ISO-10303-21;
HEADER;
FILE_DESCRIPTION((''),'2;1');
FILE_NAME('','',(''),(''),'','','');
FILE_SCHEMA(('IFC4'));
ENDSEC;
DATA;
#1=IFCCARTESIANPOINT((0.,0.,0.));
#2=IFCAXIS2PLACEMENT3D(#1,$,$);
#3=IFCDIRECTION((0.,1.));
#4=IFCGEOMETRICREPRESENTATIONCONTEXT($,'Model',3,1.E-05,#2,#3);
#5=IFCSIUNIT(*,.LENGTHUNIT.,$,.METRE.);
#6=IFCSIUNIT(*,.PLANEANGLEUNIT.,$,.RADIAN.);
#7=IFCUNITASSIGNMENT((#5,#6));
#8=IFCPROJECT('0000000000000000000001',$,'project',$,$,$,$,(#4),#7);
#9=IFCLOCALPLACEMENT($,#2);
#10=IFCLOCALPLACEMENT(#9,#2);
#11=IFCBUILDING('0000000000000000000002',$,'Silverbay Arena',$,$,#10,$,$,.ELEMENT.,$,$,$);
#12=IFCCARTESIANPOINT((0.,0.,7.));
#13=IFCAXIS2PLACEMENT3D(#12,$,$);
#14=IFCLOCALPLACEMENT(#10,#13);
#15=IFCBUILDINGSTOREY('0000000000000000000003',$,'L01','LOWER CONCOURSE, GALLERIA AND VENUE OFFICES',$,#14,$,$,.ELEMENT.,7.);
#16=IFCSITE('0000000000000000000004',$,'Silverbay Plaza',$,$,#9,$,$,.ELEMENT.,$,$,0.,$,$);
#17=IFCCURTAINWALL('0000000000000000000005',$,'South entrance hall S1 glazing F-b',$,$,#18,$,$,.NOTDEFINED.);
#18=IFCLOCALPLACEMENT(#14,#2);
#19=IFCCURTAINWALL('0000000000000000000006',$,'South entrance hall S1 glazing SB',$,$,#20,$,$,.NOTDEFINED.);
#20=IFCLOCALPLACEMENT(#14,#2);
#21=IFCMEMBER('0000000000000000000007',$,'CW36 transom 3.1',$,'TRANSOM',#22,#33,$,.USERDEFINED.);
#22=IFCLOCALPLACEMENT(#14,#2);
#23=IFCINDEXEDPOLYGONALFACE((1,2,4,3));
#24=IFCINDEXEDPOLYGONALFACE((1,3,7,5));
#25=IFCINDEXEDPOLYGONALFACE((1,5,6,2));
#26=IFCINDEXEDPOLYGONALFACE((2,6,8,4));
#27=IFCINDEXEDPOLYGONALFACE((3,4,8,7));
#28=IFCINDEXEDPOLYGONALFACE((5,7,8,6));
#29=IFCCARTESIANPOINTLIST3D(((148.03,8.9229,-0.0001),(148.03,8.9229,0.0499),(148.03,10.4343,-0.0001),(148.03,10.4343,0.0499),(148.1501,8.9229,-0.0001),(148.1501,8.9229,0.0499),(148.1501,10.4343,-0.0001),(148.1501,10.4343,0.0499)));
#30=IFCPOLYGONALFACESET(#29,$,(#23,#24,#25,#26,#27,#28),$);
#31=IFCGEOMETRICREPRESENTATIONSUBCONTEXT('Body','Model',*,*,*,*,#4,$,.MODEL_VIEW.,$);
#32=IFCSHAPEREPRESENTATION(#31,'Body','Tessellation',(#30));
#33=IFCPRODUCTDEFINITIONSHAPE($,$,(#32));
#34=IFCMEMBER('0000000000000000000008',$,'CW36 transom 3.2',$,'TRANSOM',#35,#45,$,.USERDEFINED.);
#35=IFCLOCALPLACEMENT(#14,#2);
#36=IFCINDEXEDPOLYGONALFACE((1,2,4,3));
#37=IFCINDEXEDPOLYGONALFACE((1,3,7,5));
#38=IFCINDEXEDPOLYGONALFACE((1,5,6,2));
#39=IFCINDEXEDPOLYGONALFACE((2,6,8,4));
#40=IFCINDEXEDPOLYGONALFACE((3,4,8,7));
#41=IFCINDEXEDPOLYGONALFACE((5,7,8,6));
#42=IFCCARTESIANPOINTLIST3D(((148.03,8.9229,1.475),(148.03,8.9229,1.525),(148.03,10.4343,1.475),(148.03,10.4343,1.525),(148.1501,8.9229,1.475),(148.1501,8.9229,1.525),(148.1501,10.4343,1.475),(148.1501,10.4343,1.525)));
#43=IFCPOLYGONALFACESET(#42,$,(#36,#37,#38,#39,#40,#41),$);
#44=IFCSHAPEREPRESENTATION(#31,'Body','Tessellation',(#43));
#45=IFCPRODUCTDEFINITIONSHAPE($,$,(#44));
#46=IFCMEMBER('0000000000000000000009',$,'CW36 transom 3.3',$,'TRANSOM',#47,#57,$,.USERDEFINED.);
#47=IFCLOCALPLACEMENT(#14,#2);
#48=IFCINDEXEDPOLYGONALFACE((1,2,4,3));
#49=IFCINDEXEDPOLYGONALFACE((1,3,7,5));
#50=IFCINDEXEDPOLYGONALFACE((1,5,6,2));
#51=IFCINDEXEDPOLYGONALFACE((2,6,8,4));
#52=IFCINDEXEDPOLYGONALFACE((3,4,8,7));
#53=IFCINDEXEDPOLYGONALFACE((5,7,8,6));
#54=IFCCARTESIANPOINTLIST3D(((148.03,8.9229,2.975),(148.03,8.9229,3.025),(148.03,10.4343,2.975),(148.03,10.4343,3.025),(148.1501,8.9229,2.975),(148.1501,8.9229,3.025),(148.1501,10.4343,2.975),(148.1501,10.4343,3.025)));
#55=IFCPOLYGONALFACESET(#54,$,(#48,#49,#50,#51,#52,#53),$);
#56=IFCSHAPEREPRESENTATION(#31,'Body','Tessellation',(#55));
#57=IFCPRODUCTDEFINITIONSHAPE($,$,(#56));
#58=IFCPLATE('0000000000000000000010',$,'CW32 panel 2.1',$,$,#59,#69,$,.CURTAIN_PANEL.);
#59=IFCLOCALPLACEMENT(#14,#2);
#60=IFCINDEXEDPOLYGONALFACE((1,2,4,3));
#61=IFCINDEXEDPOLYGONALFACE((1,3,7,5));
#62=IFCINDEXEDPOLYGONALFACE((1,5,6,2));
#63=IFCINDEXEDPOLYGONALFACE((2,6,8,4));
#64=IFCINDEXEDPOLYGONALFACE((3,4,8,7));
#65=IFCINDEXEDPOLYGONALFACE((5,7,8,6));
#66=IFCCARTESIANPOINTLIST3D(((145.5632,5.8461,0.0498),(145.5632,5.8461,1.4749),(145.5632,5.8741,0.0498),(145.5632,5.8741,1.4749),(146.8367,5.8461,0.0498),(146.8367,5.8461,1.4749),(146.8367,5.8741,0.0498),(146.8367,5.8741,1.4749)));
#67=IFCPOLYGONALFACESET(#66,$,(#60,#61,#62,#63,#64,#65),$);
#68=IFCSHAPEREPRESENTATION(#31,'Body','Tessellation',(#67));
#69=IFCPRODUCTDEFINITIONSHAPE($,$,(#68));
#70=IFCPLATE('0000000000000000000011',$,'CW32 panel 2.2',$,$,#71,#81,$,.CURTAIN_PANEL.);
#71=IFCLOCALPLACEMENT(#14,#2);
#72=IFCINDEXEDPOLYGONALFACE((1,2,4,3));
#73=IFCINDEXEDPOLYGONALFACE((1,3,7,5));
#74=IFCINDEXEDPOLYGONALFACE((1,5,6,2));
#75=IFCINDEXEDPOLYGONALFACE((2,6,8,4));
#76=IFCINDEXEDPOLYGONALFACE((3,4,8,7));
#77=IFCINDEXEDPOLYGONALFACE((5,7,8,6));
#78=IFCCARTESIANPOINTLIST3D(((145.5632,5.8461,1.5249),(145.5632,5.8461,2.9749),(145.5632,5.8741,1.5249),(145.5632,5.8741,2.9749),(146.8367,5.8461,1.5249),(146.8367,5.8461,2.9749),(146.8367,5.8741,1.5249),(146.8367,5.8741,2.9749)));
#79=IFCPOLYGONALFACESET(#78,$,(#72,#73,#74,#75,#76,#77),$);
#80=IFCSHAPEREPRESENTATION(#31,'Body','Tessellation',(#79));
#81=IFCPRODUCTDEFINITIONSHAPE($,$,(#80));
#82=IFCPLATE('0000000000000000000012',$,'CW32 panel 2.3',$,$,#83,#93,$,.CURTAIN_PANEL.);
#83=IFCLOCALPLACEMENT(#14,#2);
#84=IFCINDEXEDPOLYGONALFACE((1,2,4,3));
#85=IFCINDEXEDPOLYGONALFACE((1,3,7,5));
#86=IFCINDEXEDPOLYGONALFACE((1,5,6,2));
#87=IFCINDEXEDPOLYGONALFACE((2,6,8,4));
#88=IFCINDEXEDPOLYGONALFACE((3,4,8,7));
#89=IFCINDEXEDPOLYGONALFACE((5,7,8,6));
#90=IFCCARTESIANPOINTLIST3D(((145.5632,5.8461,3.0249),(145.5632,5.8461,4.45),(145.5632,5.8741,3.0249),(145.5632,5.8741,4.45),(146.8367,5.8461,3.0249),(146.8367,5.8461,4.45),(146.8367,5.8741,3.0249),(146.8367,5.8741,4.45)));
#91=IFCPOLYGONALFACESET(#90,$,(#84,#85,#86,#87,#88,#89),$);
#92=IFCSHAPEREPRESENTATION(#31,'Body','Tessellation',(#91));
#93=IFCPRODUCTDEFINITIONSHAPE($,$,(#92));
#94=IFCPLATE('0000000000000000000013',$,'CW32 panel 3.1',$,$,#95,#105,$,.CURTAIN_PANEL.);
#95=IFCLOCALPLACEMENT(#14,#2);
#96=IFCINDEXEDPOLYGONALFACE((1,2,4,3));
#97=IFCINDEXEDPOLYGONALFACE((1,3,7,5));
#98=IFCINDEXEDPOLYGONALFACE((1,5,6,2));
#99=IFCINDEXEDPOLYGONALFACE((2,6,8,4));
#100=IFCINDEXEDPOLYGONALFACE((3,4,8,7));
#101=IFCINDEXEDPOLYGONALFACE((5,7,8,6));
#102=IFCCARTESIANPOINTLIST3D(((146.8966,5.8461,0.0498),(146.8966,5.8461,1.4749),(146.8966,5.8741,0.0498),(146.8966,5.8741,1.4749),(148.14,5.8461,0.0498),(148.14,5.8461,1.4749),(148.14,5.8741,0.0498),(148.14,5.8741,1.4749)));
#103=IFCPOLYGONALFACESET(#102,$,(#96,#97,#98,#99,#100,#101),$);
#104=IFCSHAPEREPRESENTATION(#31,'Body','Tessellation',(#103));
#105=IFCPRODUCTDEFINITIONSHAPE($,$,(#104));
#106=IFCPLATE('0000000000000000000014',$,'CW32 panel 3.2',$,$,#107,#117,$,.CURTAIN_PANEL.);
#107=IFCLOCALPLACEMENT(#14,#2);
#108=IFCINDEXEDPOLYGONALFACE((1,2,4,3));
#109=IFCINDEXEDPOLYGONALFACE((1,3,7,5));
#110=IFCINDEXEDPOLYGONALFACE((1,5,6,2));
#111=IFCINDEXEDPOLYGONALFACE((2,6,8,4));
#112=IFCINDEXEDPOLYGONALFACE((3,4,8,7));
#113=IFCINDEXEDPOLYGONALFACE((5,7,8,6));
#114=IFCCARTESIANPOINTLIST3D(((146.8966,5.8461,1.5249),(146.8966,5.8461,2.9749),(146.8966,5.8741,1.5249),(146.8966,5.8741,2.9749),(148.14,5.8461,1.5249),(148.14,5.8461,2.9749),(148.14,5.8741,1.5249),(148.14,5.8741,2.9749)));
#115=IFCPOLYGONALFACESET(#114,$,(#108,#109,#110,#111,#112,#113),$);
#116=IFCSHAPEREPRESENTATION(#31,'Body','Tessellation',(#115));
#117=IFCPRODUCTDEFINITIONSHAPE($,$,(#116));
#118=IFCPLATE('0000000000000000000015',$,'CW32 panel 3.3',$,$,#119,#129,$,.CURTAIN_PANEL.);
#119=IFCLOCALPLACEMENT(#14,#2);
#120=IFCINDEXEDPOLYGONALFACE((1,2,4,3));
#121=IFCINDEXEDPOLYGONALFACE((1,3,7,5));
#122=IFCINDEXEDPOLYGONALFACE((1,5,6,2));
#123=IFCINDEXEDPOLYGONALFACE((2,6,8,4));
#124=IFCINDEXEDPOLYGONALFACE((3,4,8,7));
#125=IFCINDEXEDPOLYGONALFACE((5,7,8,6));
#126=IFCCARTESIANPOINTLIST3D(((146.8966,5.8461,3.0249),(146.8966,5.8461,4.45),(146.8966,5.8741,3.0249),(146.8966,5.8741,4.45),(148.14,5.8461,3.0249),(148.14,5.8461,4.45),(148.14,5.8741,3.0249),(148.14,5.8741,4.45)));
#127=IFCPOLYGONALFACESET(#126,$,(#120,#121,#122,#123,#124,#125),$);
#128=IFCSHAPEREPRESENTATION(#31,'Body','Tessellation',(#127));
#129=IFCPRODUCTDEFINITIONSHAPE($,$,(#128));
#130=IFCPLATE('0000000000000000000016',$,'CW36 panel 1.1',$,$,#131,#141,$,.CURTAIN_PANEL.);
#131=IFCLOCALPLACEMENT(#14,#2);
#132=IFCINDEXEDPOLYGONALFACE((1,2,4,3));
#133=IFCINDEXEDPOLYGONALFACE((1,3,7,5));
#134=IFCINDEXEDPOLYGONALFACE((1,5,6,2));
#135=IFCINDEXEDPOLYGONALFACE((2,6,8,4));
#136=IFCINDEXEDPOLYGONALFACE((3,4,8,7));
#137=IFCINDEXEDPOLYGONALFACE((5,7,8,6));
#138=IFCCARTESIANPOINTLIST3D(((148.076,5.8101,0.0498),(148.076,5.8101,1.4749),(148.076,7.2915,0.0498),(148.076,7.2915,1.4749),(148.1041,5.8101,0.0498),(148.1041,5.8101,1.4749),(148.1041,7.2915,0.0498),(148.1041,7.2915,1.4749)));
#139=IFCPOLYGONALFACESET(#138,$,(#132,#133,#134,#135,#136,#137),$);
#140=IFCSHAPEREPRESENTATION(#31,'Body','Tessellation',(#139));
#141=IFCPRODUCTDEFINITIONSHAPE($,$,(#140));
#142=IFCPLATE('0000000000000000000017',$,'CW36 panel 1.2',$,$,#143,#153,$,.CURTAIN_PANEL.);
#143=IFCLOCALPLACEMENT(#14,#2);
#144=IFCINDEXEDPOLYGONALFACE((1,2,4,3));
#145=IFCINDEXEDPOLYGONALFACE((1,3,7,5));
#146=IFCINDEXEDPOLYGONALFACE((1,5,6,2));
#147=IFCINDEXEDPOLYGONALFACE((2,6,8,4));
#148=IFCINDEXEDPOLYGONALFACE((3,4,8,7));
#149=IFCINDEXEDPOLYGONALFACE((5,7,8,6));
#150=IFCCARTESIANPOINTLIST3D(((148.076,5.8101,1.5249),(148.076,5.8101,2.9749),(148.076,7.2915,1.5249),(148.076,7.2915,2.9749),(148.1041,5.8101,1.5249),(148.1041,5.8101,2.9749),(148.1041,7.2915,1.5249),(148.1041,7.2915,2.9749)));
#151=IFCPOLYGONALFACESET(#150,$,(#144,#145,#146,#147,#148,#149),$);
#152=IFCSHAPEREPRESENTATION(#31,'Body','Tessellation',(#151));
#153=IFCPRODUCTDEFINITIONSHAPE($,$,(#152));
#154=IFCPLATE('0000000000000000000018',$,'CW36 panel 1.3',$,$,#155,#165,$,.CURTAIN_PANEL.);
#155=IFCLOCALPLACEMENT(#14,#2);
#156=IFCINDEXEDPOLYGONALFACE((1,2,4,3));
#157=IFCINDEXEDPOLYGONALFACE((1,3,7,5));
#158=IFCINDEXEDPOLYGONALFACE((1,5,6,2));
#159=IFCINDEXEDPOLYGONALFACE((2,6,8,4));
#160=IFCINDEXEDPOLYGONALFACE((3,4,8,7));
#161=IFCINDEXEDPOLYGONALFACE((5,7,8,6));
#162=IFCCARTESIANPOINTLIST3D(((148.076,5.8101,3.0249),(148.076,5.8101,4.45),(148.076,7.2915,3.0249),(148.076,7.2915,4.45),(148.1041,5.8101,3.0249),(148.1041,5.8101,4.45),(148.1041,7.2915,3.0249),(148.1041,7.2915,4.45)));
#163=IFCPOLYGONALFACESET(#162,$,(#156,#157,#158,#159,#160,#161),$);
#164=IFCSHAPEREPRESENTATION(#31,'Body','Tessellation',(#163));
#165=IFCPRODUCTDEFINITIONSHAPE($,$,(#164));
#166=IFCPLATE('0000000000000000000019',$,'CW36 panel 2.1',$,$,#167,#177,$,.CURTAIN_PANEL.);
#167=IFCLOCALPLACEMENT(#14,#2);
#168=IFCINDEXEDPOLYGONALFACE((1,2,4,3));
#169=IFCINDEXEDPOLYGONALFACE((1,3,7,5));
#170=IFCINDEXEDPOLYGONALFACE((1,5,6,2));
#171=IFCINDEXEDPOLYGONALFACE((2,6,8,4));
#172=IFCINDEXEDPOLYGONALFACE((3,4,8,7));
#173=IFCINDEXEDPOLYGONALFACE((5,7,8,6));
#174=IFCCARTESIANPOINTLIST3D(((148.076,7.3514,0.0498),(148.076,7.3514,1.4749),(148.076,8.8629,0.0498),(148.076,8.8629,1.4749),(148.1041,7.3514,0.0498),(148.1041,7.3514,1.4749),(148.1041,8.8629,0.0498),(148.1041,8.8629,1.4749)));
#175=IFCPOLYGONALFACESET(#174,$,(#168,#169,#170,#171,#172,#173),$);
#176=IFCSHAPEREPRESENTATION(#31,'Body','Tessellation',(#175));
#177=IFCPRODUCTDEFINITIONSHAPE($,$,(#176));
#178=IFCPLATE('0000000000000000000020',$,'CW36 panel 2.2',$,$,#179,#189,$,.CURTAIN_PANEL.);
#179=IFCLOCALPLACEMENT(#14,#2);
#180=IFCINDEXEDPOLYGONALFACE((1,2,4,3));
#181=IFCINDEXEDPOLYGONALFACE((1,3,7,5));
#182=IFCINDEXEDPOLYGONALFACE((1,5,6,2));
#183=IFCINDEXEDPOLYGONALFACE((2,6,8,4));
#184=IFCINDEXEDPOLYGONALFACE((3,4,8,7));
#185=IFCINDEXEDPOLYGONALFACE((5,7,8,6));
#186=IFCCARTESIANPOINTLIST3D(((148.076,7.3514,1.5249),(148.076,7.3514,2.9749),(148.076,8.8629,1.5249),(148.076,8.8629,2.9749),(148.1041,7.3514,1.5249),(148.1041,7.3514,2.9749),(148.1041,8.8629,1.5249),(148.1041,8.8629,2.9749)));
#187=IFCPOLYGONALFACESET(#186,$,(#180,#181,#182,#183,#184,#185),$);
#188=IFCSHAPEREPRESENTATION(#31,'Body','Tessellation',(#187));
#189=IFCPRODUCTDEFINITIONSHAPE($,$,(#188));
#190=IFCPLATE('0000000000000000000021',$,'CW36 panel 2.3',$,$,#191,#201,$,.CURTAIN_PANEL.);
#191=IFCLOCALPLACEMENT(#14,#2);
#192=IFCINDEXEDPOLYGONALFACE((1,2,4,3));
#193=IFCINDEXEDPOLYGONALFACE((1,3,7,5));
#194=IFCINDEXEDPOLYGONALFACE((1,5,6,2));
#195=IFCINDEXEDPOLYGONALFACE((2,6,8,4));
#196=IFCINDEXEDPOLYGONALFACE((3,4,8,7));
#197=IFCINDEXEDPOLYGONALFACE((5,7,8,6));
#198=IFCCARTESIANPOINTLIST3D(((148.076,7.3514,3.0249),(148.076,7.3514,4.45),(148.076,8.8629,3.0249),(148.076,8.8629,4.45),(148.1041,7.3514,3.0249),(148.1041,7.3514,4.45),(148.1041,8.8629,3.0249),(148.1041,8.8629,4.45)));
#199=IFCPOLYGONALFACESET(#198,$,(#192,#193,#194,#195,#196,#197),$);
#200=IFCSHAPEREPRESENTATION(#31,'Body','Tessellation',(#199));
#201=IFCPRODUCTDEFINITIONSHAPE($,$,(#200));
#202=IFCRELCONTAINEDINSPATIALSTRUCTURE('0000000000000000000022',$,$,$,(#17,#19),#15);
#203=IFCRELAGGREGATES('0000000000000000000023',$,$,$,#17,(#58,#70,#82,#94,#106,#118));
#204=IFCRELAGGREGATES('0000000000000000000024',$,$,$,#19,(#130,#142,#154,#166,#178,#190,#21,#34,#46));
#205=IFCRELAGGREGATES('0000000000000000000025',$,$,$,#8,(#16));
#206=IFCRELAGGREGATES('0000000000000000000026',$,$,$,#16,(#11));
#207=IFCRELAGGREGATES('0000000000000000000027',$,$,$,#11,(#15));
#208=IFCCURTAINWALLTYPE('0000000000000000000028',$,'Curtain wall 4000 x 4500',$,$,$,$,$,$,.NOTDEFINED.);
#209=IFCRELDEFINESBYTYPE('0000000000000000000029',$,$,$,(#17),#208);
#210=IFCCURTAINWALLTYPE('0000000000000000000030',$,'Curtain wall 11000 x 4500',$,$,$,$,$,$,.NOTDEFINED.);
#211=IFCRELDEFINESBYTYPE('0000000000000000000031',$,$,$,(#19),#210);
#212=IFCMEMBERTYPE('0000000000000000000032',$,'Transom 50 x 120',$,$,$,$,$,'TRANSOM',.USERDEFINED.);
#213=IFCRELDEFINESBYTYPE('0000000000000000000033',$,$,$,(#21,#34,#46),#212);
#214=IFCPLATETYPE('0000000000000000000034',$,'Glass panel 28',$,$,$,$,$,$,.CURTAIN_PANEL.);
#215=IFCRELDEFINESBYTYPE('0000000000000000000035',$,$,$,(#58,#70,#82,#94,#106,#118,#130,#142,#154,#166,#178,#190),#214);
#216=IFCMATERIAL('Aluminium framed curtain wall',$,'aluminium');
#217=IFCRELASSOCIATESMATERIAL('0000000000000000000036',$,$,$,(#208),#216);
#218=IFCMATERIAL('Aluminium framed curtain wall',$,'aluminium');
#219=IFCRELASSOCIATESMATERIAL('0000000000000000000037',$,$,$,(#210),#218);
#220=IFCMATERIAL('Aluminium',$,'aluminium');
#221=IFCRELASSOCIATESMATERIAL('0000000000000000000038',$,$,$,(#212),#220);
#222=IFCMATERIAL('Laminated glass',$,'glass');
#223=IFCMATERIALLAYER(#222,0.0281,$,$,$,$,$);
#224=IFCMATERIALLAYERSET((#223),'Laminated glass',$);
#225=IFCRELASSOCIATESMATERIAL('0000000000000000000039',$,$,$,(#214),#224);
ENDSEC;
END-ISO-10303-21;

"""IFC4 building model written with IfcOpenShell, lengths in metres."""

from ifc_helpers import new_model, si_unit, direction, frame, origin, origin_2d, place, context, subcontext, project, spatial, rectangle, extrude, material, layer, layer_set, material_profile, profile_set, type_object, element, aggregate, save


model = new_model("IFC4")

# Units and contexts
model_context = context("Model", 3, precision=1e-05, world=origin(), true_north=direction((0.0, 1.0)))
body_context = subcontext(model_context, "Body", "Model", "MODEL_VIEW")
ifc_project = project(units=[si_unit("LENGTHUNIT", "METRE"), si_unit("PLANEANGLEUNIT", "RADIAN")], contexts=[model_context])

# Site, building, storey
site_placement = place(None, origin())
site = spatial("IfcSite", under=ifc_project, at=site_placement, Name="Silverbay Plaza", CompositionType="ELEMENT", RefElevation=0.0)
building_placement = place(site_placement, origin())
building = spatial("IfcBuilding", under=site, at=building_placement, Name="Silverbay Arena", CompositionType="ELEMENT")
storey_placement = place(building_placement, frame((0.0, 0.0, 7.0)))
storey = spatial("IfcBuildingStorey", under=building, at=storey_placement, Name="L01", Description="LOWER CONCOURSE, GALLERIA AND VENUE OFFICES", CompositionType="ELEMENT", Elevation=7.0)

# Curtain wall
ifc_material_1 = material(Name="Aluminium framed curtain wall", Category="aluminium")
curtain_wall_type_1 = type_object("IfcCurtainWallType", Name="Curtain wall 4000 x 4500", PredefinedType="NOTDEFINED", material=ifc_material_1)
curtain_wall_1_placement = place(storey_placement, origin())
curtain_wall_1 = element("IfcCurtainWall", 1, at=curtain_wall_1_placement, inside=storey, type_object=curtain_wall_type_1, Name="South entrance hall S1 glazing F-b", PredefinedType="NOTDEFINED")

# Curtain wall
ifc_material_2 = material(Name="Aluminium framed curtain wall", Category="aluminium")
curtain_wall_type_2 = type_object("IfcCurtainWallType", Name="Curtain wall 11000 x 4500", PredefinedType="NOTDEFINED", material=ifc_material_2)
curtain_wall_2_placement = place(storey_placement, origin())
curtain_wall_2 = element("IfcCurtainWall", 2, at=curtain_wall_2_placement, inside=storey, type_object=curtain_wall_type_2, Name="South entrance hall S1 glazing SB", PredefinedType="NOTDEFINED")

# Members
ifc_material_3 = material(Name="Aluminium", Category="aluminium")
ifc_material_profile_1 = material_profile(ifc_material_3, rectangle(XDim=0.1201, YDim=0.05, at=origin_2d()), Name="Transom 50 x 120")
ifc_profile_set_1 = profile_set([ifc_material_profile_1], Name="Aluminium")
member_type_1 = type_object("IfcMemberType", Name="Transom 50 x 120", ElementType="TRANSOM", PredefinedType="USERDEFINED", material=ifc_profile_set_1)
member_1_placement = place(storey_placement, frame((148.0901, 8.9229, 0.0249), z_axis=(0.0, 1.0, 0.0), x_axis=(-1.0, 0.0, 0.0)))
member_1 = element("IfcMember", 3, at=member_1_placement, type_object=member_type_1, Name="CW36 transom 3.1", ObjectType="TRANSOM", PredefinedType="USERDEFINED", context=body_context, shape_type="SweptSolid", body=[
    extrude(rectangle(XDim=0.1201, YDim=0.05, at=origin_2d()), origin(), (0.0, 0.0, 1.0), 1.5115),
])
member_2_placement = place(storey_placement, frame((148.0901, 8.9229, 1.5), z_axis=(0.0, 1.0, 0.0), x_axis=(-1.0, 0.0, 0.0)))
member_2 = element("IfcMember", 4, at=member_2_placement, type_object=member_type_1, Name="CW36 transom 3.2", ObjectType="TRANSOM", PredefinedType="USERDEFINED", context=body_context, shape_type="SweptSolid", body=[
    extrude(rectangle(XDim=0.1201, YDim=0.05, at=origin_2d()), origin(), (0.0, 0.0, 1.0), 1.5115),
])
member_3_placement = place(storey_placement, frame((148.0901, 8.9229, 3.0), z_axis=(0.0, 1.0, 0.0), x_axis=(-1.0, 0.0, 0.0)))
member_3 = element("IfcMember", 5, at=member_3_placement, type_object=member_type_1, Name="CW36 transom 3.3", ObjectType="TRANSOM", PredefinedType="USERDEFINED", context=body_context, shape_type="SweptSolid", body=[
    extrude(rectangle(XDim=0.1201, YDim=0.05, at=origin_2d()), origin(), (0.0, 0.0, 1.0), 1.5115),
])

# Plates
ifc_material_4 = material(Name="Laminated glass", Category="glass")
ifc_layer = layer(ifc_material_4, 0.0281)
ifc_layer_set = layer_set([ifc_layer], Name="Laminated glass")
plate_type = type_object("IfcPlateType", Name="Glass panel 28", PredefinedType="CURTAIN_PANEL", material=ifc_layer_set)
plate_1_placement = place(storey_placement, frame((146.2, 5.8601, 0.0498), z_axis=(0.0, 0.0, 1.0), x_axis=(1.0, 0.0, 0.0)))
plate_1 = element("IfcPlate", 6, at=plate_1_placement, type_object=plate_type, Name="CW32 panel 2.1", PredefinedType="CURTAIN_PANEL", context=body_context, shape_type="SweptSolid", body=[
    extrude(rectangle(XDim=1.2734, YDim=0.0281, at=origin_2d()), origin(), (0.0, 0.0, 1.0), 1.425),
])
plate_2_placement = place(storey_placement, frame((146.2, 5.8601, 1.5249), z_axis=(0.0, 0.0, 1.0), x_axis=(1.0, 0.0, 0.0)))
plate_2 = element("IfcPlate", 7, at=plate_2_placement, type_object=plate_type, Name="CW32 panel 2.2", PredefinedType="CURTAIN_PANEL", context=body_context, shape_type="SweptSolid", body=[
    extrude(rectangle(XDim=1.2734, YDim=0.0281, at=origin_2d()), origin(), (0.0, 0.0, 1.0), 1.45),
])
plate_3_placement = place(storey_placement, frame((146.2, 5.8601, 3.0249), z_axis=(0.0, 0.0, 1.0), x_axis=(1.0, 0.0, 0.0)))
plate_3 = element("IfcPlate", 8, at=plate_3_placement, type_object=plate_type, Name="CW32 panel 2.3", PredefinedType="CURTAIN_PANEL", context=body_context, shape_type="SweptSolid", body=[
    extrude(rectangle(XDim=1.2734, YDim=0.0281, at=origin_2d()), origin(), (0.0, 0.0, 1.0), 1.425),
])
plate_4_placement = place(storey_placement, frame((147.5183, 5.8601, 0.0498), z_axis=(0.0, 0.0, 1.0), x_axis=(1.0, 0.0, 0.0)))
plate_4 = element("IfcPlate", 9, at=plate_4_placement, type_object=plate_type, Name="CW32 panel 3.1", PredefinedType="CURTAIN_PANEL", context=body_context, shape_type="SweptSolid", body=[
    extrude(rectangle(XDim=1.2434, YDim=0.0281, at=origin_2d()), origin(), (0.0, 0.0, 1.0), 1.425),
])
plate_5_placement = place(storey_placement, frame((147.5183, 5.8601, 1.5249), z_axis=(0.0, 0.0, 1.0), x_axis=(1.0, 0.0, 0.0)))
plate_5 = element("IfcPlate", 10, at=plate_5_placement, type_object=plate_type, Name="CW32 panel 3.2", PredefinedType="CURTAIN_PANEL", context=body_context, shape_type="SweptSolid", body=[
    extrude(rectangle(XDim=1.2434, YDim=0.0281, at=origin_2d()), origin(), (0.0, 0.0, 1.0), 1.45),
])
plate_6_placement = place(storey_placement, frame((147.5183, 5.8601, 3.0249), z_axis=(0.0, 0.0, 1.0), x_axis=(1.0, 0.0, 0.0)))
plate_6 = element("IfcPlate", 11, at=plate_6_placement, type_object=plate_type, Name="CW32 panel 3.3", PredefinedType="CURTAIN_PANEL", context=body_context, shape_type="SweptSolid", body=[
    extrude(rectangle(XDim=1.2434, YDim=0.0281, at=origin_2d()), origin(), (0.0, 0.0, 1.0), 1.425),
])
aggregate(curtain_wall_1, [plate_1, plate_2, plate_3, plate_4, plate_5, plate_6])
plate_7_placement = place(storey_placement, frame((148.0901, 6.5508, 0.0498), z_axis=(0.0, 0.0, 1.0), x_axis=(0.0, 1.0, 0.0)))
plate_7 = element("IfcPlate", 12, at=plate_7_placement, type_object=plate_type, Name="CW36 panel 1.1", PredefinedType="CURTAIN_PANEL", context=body_context, shape_type="SweptSolid", body=[
    extrude(rectangle(XDim=1.4814, YDim=0.0281, at=origin_2d()), origin(), (0.0, 0.0, 1.0), 1.425),
])
plate_8_placement = place(storey_placement, frame((148.0901, 6.5508, 1.5249), z_axis=(0.0, 0.0, 1.0), x_axis=(0.0, 1.0, 0.0)))
plate_8 = element("IfcPlate", 13, at=plate_8_placement, type_object=plate_type, Name="CW36 panel 1.2", PredefinedType="CURTAIN_PANEL", context=body_context, shape_type="SweptSolid", body=[
    extrude(rectangle(XDim=1.4814, YDim=0.0281, at=origin_2d()), origin(), (0.0, 0.0, 1.0), 1.45),
])
plate_9_placement = place(storey_placement, frame((148.0901, 6.5508, 3.0249), z_axis=(0.0, 0.0, 1.0), x_axis=(0.0, 1.0, 0.0)))
plate_9 = element("IfcPlate", 14, at=plate_9_placement, type_object=plate_type, Name="CW36 panel 1.3", PredefinedType="CURTAIN_PANEL", context=body_context, shape_type="SweptSolid", body=[
    extrude(rectangle(XDim=1.4814, YDim=0.0281, at=origin_2d()), origin(), (0.0, 0.0, 1.0), 1.425),
])
plate_10_placement = place(storey_placement, frame((148.0901, 8.1072, 0.0498), z_axis=(0.0, 0.0, 1.0), x_axis=(0.0, 1.0, 0.0)))
plate_10 = element("IfcPlate", 15, at=plate_10_placement, type_object=plate_type, Name="CW36 panel 2.1", PredefinedType="CURTAIN_PANEL", context=body_context, shape_type="SweptSolid", body=[
    extrude(rectangle(XDim=1.5115, YDim=0.0281, at=origin_2d()), origin(), (0.0, 0.0, 1.0), 1.425),
])
plate_11_placement = place(storey_placement, frame((148.0901, 8.1072, 1.5249), z_axis=(0.0, 0.0, 1.0), x_axis=(0.0, 1.0, 0.0)))
plate_11 = element("IfcPlate", 16, at=plate_11_placement, type_object=plate_type, Name="CW36 panel 2.2", PredefinedType="CURTAIN_PANEL", context=body_context, shape_type="SweptSolid", body=[
    extrude(rectangle(XDim=1.5115, YDim=0.0281, at=origin_2d()), origin(), (0.0, 0.0, 1.0), 1.45),
])
plate_12_placement = place(storey_placement, frame((148.0901, 8.1072, 3.0249), z_axis=(0.0, 0.0, 1.0), x_axis=(0.0, 1.0, 0.0)))
plate_12 = element("IfcPlate", 17, at=plate_12_placement, type_object=plate_type, Name="CW36 panel 2.3", PredefinedType="CURTAIN_PANEL", context=body_context, shape_type="SweptSolid", body=[
    extrude(rectangle(XDim=1.5115, YDim=0.0281, at=origin_2d()), origin(), (0.0, 0.0, 1.0), 1.425),
])
aggregate(curtain_wall_2, [plate_7, plate_8, plate_9, plate_10, plate_11, plate_12, member_1, member_2, member_3])

save(model, "model.ifc")
